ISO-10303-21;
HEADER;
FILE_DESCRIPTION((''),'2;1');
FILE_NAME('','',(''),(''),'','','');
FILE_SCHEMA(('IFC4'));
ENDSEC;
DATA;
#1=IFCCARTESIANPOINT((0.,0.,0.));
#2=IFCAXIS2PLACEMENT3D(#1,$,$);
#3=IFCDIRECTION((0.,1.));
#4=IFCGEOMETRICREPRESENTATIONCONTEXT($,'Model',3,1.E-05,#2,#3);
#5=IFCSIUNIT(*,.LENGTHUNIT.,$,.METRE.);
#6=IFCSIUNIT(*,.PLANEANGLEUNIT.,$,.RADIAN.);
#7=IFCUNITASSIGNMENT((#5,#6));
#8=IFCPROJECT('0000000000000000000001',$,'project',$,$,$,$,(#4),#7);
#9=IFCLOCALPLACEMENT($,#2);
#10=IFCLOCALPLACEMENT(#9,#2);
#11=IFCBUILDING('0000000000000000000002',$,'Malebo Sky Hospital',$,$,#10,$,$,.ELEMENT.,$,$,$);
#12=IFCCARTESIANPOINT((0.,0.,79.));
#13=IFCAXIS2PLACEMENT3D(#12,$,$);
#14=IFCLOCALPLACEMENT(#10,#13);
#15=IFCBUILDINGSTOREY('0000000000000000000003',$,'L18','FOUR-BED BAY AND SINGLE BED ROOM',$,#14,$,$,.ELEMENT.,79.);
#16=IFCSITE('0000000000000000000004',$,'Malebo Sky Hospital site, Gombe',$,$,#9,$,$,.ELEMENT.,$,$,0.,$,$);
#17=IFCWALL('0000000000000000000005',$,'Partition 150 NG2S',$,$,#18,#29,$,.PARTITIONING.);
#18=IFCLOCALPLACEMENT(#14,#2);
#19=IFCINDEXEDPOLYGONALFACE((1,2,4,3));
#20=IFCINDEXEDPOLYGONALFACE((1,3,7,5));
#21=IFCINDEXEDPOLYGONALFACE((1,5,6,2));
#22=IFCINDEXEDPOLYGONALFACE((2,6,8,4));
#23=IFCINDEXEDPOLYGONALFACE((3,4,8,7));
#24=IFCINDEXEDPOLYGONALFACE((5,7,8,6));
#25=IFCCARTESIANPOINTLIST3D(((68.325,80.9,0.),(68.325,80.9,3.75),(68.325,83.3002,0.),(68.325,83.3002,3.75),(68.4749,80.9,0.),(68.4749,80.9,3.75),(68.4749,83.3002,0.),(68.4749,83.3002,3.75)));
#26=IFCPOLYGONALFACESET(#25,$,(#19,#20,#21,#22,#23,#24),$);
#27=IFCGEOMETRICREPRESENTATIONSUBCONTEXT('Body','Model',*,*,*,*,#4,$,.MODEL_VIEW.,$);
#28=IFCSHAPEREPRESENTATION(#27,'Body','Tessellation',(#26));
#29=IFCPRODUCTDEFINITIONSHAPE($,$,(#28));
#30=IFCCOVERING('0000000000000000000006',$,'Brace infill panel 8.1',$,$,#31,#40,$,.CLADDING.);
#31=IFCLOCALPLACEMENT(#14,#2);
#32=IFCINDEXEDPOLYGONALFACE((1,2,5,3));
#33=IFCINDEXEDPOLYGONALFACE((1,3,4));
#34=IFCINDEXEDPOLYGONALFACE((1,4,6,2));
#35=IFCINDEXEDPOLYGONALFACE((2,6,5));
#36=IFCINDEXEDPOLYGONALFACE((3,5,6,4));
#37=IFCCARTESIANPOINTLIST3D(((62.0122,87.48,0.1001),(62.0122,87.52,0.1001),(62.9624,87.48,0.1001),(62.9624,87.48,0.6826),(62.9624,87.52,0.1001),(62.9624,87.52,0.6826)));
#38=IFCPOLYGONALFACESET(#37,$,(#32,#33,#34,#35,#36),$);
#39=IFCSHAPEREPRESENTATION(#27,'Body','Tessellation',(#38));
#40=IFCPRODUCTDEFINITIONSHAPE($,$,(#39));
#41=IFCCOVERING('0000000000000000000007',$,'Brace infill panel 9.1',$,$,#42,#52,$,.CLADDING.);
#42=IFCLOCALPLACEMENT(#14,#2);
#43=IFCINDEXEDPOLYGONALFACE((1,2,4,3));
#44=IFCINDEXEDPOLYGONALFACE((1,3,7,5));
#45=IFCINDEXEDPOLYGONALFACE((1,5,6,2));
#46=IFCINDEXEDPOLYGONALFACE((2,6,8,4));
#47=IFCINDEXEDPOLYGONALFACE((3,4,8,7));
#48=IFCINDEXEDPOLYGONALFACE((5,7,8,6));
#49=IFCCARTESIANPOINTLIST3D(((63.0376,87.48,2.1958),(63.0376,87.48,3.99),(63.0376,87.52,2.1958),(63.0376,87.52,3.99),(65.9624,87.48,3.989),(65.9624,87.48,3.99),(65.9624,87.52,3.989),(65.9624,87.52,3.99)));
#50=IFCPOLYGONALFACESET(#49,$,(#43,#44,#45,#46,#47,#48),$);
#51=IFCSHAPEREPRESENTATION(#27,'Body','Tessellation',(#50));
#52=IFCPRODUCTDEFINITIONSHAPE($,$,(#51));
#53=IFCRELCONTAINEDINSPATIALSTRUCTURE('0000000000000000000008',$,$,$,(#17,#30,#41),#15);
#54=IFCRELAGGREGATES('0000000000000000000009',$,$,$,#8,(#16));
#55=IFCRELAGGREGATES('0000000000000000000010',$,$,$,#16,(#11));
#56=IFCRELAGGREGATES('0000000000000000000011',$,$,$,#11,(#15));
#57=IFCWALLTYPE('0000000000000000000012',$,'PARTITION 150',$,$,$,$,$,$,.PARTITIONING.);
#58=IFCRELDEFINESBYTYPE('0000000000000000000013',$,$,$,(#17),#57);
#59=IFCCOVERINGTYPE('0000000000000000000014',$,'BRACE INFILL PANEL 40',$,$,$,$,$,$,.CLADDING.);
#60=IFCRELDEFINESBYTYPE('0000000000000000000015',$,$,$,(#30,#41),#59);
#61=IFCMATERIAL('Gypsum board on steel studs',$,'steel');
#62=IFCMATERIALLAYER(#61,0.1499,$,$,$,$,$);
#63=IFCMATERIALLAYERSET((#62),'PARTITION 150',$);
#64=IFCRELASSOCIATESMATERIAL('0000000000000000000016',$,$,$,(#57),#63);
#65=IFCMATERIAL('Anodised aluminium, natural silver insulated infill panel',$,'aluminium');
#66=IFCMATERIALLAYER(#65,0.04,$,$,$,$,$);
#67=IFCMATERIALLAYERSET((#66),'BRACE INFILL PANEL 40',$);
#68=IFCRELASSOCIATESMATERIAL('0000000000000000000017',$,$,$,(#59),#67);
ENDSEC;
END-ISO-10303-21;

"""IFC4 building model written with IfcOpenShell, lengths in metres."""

from ifc_helpers import new_model, si_unit, direction, frame, frame_2d, origin, place, context, subcontext, project, spatial, polyline, rectangle, outline, extrude, material, layer, layer_set, type_object, element, save


model = new_model("IFC4")

# Units and contexts
model_context = context("Model", 3, precision=1e-05, world=origin(), true_north=direction((0.0, 1.0)))
body_context = subcontext(model_context, "Body", "Model", "MODEL_VIEW")
ifc_project = project(units=[si_unit("LENGTHUNIT", "METRE"), si_unit("PLANEANGLEUNIT", "RADIAN")], contexts=[model_context])

# Site, building, storey
site_placement = place(None, origin())
site = spatial("IfcSite", under=ifc_project, at=site_placement, Name="Malebo Sky Hospital site, Gombe", CompositionType="ELEMENT", RefElevation=0.0)
building_placement = place(site_placement, origin())
building = spatial("IfcBuilding", under=site, at=building_placement, Name="Malebo Sky Hospital", CompositionType="ELEMENT")
storey_placement = place(building_placement, frame((0.0, 0.0, 79.0)))
storey = spatial("IfcBuildingStorey", under=building, at=storey_placement, Name="L18", Description="FOUR-BED BAY AND SINGLE BED ROOM", CompositionType="ELEMENT", Elevation=79.0)

# Shared definitions
ifc_material_1 = material(Name="Gypsum board on steel studs", Category="steel")

# Shared definitions
ifc_layer_1 = layer(ifc_material_1, 0.1499)
ifc_layer_set_1 = layer_set([ifc_layer_1], Name="PARTITION 150")
wall_type_1 = type_object("IfcWallType", Name="PARTITION 150", PredefinedType="PARTITIONING", material=ifc_layer_set_1)

# Wall
wall_1_placement = place(storey_placement, frame((68.3999, 80.8999, 0.0), z_axis=(0.0, 0.0, 1.0), x_axis=(0.0, 1.0, 0.0)))
element("IfcWall", 1, at=wall_1_placement, inside=storey, type_object=wall_type_1, Name="Partition 150 NG2S", PredefinedType="PARTITIONING", context=body_context, shape_type="SweptSolid", body=[
    extrude(rectangle(XDim=2.4001, YDim=0.1499, at=frame_2d((1.2002, 0.0))), origin(), (0.0, 0.0, 1.0), 3.75),
])

# Coverings
ifc_material_2 = material(Name="Anodised aluminium, natural silver insulated infill panel", Category="aluminium")
ifc_layer_2 = layer(ifc_material_2, 0.04)
ifc_layer_set_2 = layer_set([ifc_layer_2], Name="BRACE INFILL PANEL 40")
covering_type = type_object("IfcCoveringType", Name="BRACE INFILL PANEL 40", PredefinedType="CLADDING", material=ifc_layer_set_2)
covering_1_placement = place(storey_placement, frame((62.4873, 87.5, 0.1001), z_axis=(0.0, 0.0, 1.0), x_axis=(1.0, 0.0, 0.0)))
element("IfcCovering", 2, at=covering_1_placement, inside=storey, type_object=covering_type, Name="Brace infill panel 8.1", PredefinedType="CLADDING", context=body_context, shape_type="SweptSolid", body=[
    extrude(outline(polyline([(-0.4751, 0.0), (0.4751, 0.0), (0.4751, 0.5825), (-0.4751, 0.0)])), frame((0.0, 0.02, 0.0), z_axis=(0.0, -1.0, 0.0), x_axis=(1.0, 0.0, 0.0)), (0.0, 0.0, 1.0), 0.04),
])
covering_2_placement = place(storey_placement, frame((64.5, 87.5, 2.1958), z_axis=(0.0, 0.0, 1.0), x_axis=(1.0, 0.0, 0.0)))
element("IfcCovering", 3, at=covering_2_placement, inside=storey, type_object=covering_type, Name="Brace infill panel 9.1", PredefinedType="CLADDING", context=body_context, shape_type="SweptSolid", body=[
    extrude(outline(polyline([(-1.4624, 0.0), (1.4624, 1.7932), (1.4624, 1.7942), (-1.4624, 1.7942), (-1.4624, 0.0)])), frame((0.0, 0.02, 0.0), z_axis=(0.0, -1.0, 0.0), x_axis=(1.0, 0.0, 0.0)), (0.0, 0.0, 1.0), 0.04),
])

save(model, "model.ifc")
